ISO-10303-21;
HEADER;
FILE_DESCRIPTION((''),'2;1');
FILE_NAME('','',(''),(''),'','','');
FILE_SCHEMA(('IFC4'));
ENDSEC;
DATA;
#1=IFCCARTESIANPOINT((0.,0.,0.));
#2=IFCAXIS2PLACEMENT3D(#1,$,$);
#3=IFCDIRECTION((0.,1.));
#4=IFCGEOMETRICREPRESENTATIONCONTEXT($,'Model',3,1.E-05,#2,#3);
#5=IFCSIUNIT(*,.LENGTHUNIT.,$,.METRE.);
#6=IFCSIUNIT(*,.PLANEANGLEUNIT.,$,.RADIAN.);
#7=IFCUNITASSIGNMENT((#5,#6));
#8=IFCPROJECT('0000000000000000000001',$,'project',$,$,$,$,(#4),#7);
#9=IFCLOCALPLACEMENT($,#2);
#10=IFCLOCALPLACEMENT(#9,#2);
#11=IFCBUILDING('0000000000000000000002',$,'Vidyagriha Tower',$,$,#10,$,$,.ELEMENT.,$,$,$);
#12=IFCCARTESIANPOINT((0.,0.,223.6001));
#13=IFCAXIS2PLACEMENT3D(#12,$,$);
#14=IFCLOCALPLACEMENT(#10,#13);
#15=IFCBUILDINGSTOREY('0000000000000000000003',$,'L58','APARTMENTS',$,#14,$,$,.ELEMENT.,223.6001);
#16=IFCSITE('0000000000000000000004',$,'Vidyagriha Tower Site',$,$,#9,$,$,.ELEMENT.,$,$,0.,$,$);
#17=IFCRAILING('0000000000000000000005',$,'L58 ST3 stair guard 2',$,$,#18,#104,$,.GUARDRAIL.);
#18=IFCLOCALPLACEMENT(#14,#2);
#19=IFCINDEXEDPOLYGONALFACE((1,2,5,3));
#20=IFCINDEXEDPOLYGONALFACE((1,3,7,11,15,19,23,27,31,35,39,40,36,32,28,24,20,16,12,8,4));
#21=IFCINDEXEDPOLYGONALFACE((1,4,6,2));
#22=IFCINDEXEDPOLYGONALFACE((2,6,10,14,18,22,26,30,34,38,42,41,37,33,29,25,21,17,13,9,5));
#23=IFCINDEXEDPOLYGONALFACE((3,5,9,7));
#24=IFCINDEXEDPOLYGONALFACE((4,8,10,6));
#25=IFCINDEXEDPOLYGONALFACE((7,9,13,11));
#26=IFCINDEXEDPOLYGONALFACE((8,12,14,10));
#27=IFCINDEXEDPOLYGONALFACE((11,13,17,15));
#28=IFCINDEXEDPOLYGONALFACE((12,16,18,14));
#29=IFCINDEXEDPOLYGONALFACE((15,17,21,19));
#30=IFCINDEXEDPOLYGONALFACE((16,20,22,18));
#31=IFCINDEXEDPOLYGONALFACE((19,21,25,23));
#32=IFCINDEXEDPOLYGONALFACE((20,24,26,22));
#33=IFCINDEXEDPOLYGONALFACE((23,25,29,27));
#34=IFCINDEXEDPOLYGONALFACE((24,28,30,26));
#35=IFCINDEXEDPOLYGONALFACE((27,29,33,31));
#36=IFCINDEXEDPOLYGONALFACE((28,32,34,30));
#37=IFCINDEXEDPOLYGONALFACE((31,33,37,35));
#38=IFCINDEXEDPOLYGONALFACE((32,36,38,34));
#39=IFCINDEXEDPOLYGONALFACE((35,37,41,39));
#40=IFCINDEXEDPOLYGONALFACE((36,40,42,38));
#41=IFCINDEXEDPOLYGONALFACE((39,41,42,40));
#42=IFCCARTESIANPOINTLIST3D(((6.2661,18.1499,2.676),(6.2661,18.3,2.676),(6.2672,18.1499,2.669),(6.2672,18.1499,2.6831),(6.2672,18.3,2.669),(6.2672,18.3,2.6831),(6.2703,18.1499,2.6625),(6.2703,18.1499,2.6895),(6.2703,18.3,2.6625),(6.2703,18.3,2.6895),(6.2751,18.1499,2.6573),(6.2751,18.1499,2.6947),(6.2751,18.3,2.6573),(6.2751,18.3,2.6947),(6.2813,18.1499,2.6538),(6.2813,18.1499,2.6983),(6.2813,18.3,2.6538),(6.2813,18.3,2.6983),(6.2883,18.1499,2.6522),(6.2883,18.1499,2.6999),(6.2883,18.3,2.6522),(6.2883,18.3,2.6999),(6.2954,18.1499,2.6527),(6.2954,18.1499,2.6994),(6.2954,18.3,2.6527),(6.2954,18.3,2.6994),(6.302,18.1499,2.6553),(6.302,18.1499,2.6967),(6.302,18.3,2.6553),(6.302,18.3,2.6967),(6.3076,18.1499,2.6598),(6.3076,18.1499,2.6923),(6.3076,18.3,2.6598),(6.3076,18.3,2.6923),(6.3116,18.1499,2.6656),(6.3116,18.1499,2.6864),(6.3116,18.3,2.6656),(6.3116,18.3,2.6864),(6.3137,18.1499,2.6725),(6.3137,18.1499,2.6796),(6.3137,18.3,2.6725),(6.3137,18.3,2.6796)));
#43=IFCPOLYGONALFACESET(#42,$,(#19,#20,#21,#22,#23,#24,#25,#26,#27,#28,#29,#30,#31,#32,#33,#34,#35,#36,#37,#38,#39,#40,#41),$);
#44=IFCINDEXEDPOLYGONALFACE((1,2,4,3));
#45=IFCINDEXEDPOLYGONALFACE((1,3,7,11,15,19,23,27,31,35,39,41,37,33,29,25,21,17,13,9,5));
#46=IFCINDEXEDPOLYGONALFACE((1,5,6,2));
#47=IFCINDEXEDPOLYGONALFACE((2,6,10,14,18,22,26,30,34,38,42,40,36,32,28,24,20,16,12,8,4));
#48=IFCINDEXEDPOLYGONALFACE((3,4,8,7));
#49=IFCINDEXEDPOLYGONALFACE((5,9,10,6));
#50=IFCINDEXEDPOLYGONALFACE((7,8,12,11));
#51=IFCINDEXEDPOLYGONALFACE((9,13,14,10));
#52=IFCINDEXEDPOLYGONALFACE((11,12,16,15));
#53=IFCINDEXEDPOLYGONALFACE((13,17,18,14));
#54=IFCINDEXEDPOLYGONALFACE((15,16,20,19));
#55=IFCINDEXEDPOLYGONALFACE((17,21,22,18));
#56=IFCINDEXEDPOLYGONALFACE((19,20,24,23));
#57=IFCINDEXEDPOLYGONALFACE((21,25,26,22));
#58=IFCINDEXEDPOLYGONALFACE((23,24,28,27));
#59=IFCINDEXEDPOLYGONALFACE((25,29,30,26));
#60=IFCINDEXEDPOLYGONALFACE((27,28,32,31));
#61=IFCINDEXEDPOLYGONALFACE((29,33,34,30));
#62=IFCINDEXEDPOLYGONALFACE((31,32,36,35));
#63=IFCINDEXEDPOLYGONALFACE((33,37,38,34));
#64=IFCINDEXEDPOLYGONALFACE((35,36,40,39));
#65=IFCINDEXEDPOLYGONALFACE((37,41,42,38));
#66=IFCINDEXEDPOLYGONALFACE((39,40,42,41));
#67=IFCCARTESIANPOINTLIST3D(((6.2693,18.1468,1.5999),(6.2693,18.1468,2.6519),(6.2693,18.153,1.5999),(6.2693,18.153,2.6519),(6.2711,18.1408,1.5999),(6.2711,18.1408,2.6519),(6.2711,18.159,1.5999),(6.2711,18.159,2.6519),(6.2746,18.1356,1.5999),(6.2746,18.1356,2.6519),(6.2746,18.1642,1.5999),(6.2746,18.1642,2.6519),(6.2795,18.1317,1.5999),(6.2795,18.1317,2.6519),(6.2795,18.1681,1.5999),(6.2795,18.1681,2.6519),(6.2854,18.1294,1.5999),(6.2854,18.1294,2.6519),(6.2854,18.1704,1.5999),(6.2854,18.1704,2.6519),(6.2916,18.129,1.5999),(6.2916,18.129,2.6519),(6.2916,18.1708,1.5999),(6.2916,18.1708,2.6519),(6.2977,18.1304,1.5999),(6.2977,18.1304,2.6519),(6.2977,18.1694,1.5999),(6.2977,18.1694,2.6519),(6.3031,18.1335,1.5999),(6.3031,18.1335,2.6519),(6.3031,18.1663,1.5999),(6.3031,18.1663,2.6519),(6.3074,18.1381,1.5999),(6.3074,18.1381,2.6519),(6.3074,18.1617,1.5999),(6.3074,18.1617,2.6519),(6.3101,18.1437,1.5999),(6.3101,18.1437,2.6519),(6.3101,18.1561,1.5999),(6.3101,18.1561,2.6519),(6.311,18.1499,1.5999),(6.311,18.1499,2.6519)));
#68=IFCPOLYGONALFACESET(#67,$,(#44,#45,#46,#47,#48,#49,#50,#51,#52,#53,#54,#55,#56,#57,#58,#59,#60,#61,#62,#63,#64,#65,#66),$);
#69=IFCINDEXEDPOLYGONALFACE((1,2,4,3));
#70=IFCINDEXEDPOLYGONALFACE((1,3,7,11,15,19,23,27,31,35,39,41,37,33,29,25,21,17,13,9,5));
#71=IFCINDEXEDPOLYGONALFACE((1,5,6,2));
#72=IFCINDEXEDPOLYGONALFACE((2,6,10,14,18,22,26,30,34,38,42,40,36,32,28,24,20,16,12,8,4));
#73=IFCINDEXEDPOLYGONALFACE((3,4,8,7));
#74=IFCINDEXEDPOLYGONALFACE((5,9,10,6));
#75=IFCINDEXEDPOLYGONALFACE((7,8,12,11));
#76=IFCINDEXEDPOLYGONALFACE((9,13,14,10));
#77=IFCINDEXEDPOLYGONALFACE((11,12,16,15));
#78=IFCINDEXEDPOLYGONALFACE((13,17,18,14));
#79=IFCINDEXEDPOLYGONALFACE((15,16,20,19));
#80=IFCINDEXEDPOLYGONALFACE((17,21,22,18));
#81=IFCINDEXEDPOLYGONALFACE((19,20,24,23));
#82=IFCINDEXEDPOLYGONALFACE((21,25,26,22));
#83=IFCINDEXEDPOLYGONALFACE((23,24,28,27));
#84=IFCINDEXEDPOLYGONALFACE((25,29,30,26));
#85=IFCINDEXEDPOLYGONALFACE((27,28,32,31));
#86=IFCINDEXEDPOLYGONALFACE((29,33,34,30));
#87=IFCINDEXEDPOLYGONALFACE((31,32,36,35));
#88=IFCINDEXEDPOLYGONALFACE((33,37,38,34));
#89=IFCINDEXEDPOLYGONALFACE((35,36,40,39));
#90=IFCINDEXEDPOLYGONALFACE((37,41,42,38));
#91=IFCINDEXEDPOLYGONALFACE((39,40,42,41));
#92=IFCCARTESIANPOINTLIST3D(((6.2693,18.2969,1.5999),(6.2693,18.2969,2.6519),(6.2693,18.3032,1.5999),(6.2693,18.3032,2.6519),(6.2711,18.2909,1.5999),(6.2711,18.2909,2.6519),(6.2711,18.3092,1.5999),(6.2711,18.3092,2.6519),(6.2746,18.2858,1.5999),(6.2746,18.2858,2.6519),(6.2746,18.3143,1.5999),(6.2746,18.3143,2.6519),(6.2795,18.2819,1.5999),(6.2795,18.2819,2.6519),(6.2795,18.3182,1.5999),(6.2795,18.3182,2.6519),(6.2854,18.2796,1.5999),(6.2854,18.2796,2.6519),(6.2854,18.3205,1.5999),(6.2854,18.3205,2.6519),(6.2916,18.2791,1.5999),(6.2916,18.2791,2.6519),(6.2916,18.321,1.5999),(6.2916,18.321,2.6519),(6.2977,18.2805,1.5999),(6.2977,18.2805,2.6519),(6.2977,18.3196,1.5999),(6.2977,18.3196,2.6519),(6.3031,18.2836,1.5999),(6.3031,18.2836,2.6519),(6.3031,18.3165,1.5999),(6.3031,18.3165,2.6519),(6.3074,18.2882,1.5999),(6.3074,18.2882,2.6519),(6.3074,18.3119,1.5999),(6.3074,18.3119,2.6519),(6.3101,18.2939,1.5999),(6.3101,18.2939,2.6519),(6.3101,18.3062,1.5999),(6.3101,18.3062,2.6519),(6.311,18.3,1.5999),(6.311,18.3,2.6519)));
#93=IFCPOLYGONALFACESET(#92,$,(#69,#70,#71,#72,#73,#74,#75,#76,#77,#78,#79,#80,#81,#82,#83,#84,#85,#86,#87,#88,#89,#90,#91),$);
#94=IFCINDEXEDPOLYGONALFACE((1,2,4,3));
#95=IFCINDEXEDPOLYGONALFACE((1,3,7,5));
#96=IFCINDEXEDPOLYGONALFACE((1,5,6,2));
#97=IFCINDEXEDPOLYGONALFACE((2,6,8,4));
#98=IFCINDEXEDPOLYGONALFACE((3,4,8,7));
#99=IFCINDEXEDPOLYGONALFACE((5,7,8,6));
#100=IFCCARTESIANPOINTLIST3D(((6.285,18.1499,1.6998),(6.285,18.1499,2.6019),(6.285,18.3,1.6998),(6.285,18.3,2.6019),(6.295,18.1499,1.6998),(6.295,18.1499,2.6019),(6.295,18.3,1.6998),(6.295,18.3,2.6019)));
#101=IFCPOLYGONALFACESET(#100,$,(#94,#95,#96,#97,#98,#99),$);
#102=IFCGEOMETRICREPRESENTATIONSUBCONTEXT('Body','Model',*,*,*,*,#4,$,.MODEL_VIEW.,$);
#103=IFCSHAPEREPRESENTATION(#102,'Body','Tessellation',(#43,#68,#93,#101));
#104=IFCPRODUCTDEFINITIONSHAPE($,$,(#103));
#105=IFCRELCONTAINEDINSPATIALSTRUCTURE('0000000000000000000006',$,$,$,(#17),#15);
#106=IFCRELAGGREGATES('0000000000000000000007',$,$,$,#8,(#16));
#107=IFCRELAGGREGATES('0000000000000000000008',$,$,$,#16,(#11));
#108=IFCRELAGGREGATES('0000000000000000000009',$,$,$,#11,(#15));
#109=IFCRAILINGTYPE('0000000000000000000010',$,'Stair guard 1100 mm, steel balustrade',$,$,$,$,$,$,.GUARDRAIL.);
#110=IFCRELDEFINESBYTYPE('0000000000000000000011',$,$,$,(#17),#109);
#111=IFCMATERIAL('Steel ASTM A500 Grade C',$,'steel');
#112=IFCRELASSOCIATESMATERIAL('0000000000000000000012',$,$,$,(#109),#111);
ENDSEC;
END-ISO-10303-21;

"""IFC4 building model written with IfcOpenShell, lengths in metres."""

from ifc_helpers import new_model, si_unit, direction, frame, origin, origin_2d, place, context, subcontext, project, spatial, rectangle, circle, extrude, material, type_object, element, save


model = new_model("IFC4")

# Units and contexts
model_context = context("Model", 3, precision=1e-05, world=origin(), true_north=direction((0.0, 1.0)))
body_context = subcontext(model_context, "Body", "Model", "MODEL_VIEW")
ifc_project = project(units=[si_unit("LENGTHUNIT", "METRE"), si_unit("PLANEANGLEUNIT", "RADIAN")], contexts=[model_context])

# Site, building, storey
site_placement = place(None, origin())
site = spatial("IfcSite", under=ifc_project, at=site_placement, Name="Vidyagriha Tower Site", CompositionType="ELEMENT", RefElevation=0.0)
building_placement = place(site_placement, origin())
building = spatial("IfcBuilding", under=site, at=building_placement, Name="Vidyagriha Tower", CompositionType="ELEMENT")
storey_placement = place(building_placement, frame((0.0, 0.0, 223.6001)))
storey = spatial("IfcBuildingStorey", under=building, at=storey_placement, Name="L58", Description="APARTMENTS", CompositionType="ELEMENT", Elevation=223.6001)

# Railing
ifc_material_1 = material(Name="Steel ASTM A500 Grade C", Category="steel")
railing_type_1 = type_object("IfcRailingType", Name="Stair guard 1100 mm, steel balustrade", PredefinedType="GUARDRAIL", material=ifc_material_1)
railing_1_placement = place(storey_placement, frame((6.29, 18.1499, 1.5999)))
element("IfcRailing", 1, at=railing_1_placement, inside=storey, type_object=railing_type_1, Name="L58 ST3 stair guard 2", PredefinedType="GUARDRAIL", context=body_context, shape_type="SweptSolid", body=[
    extrude(circle(Radius=0.0239, at=origin_2d()), frame((0.0, 0.0, 1.0762), z_axis=(0.0, 1.0, 0.0), x_axis=(-1.0, 0.0, 0.0)), (0.0, 0.0, 1.0), 0.1501),
    extrude(circle(Radius=0.021, at=origin_2d()), origin(), (0.0, 0.0, 1.0), 1.052),
    extrude(circle(Radius=0.021, at=origin_2d()), frame((0.0, 0.1501, 0.0)), (0.0, 0.0, 1.0), 1.052),
    extrude(rectangle(XDim=0.01, YDim=0.9021, at=origin_2d()), frame((0.0, 0.0, 0.551), z_axis=(0.0, 1.0, 0.0), x_axis=(-1.0, 0.0, 0.0)), (0.0, 0.0, 1.0), 0.1501),
])

save(model, "model.ifc")
